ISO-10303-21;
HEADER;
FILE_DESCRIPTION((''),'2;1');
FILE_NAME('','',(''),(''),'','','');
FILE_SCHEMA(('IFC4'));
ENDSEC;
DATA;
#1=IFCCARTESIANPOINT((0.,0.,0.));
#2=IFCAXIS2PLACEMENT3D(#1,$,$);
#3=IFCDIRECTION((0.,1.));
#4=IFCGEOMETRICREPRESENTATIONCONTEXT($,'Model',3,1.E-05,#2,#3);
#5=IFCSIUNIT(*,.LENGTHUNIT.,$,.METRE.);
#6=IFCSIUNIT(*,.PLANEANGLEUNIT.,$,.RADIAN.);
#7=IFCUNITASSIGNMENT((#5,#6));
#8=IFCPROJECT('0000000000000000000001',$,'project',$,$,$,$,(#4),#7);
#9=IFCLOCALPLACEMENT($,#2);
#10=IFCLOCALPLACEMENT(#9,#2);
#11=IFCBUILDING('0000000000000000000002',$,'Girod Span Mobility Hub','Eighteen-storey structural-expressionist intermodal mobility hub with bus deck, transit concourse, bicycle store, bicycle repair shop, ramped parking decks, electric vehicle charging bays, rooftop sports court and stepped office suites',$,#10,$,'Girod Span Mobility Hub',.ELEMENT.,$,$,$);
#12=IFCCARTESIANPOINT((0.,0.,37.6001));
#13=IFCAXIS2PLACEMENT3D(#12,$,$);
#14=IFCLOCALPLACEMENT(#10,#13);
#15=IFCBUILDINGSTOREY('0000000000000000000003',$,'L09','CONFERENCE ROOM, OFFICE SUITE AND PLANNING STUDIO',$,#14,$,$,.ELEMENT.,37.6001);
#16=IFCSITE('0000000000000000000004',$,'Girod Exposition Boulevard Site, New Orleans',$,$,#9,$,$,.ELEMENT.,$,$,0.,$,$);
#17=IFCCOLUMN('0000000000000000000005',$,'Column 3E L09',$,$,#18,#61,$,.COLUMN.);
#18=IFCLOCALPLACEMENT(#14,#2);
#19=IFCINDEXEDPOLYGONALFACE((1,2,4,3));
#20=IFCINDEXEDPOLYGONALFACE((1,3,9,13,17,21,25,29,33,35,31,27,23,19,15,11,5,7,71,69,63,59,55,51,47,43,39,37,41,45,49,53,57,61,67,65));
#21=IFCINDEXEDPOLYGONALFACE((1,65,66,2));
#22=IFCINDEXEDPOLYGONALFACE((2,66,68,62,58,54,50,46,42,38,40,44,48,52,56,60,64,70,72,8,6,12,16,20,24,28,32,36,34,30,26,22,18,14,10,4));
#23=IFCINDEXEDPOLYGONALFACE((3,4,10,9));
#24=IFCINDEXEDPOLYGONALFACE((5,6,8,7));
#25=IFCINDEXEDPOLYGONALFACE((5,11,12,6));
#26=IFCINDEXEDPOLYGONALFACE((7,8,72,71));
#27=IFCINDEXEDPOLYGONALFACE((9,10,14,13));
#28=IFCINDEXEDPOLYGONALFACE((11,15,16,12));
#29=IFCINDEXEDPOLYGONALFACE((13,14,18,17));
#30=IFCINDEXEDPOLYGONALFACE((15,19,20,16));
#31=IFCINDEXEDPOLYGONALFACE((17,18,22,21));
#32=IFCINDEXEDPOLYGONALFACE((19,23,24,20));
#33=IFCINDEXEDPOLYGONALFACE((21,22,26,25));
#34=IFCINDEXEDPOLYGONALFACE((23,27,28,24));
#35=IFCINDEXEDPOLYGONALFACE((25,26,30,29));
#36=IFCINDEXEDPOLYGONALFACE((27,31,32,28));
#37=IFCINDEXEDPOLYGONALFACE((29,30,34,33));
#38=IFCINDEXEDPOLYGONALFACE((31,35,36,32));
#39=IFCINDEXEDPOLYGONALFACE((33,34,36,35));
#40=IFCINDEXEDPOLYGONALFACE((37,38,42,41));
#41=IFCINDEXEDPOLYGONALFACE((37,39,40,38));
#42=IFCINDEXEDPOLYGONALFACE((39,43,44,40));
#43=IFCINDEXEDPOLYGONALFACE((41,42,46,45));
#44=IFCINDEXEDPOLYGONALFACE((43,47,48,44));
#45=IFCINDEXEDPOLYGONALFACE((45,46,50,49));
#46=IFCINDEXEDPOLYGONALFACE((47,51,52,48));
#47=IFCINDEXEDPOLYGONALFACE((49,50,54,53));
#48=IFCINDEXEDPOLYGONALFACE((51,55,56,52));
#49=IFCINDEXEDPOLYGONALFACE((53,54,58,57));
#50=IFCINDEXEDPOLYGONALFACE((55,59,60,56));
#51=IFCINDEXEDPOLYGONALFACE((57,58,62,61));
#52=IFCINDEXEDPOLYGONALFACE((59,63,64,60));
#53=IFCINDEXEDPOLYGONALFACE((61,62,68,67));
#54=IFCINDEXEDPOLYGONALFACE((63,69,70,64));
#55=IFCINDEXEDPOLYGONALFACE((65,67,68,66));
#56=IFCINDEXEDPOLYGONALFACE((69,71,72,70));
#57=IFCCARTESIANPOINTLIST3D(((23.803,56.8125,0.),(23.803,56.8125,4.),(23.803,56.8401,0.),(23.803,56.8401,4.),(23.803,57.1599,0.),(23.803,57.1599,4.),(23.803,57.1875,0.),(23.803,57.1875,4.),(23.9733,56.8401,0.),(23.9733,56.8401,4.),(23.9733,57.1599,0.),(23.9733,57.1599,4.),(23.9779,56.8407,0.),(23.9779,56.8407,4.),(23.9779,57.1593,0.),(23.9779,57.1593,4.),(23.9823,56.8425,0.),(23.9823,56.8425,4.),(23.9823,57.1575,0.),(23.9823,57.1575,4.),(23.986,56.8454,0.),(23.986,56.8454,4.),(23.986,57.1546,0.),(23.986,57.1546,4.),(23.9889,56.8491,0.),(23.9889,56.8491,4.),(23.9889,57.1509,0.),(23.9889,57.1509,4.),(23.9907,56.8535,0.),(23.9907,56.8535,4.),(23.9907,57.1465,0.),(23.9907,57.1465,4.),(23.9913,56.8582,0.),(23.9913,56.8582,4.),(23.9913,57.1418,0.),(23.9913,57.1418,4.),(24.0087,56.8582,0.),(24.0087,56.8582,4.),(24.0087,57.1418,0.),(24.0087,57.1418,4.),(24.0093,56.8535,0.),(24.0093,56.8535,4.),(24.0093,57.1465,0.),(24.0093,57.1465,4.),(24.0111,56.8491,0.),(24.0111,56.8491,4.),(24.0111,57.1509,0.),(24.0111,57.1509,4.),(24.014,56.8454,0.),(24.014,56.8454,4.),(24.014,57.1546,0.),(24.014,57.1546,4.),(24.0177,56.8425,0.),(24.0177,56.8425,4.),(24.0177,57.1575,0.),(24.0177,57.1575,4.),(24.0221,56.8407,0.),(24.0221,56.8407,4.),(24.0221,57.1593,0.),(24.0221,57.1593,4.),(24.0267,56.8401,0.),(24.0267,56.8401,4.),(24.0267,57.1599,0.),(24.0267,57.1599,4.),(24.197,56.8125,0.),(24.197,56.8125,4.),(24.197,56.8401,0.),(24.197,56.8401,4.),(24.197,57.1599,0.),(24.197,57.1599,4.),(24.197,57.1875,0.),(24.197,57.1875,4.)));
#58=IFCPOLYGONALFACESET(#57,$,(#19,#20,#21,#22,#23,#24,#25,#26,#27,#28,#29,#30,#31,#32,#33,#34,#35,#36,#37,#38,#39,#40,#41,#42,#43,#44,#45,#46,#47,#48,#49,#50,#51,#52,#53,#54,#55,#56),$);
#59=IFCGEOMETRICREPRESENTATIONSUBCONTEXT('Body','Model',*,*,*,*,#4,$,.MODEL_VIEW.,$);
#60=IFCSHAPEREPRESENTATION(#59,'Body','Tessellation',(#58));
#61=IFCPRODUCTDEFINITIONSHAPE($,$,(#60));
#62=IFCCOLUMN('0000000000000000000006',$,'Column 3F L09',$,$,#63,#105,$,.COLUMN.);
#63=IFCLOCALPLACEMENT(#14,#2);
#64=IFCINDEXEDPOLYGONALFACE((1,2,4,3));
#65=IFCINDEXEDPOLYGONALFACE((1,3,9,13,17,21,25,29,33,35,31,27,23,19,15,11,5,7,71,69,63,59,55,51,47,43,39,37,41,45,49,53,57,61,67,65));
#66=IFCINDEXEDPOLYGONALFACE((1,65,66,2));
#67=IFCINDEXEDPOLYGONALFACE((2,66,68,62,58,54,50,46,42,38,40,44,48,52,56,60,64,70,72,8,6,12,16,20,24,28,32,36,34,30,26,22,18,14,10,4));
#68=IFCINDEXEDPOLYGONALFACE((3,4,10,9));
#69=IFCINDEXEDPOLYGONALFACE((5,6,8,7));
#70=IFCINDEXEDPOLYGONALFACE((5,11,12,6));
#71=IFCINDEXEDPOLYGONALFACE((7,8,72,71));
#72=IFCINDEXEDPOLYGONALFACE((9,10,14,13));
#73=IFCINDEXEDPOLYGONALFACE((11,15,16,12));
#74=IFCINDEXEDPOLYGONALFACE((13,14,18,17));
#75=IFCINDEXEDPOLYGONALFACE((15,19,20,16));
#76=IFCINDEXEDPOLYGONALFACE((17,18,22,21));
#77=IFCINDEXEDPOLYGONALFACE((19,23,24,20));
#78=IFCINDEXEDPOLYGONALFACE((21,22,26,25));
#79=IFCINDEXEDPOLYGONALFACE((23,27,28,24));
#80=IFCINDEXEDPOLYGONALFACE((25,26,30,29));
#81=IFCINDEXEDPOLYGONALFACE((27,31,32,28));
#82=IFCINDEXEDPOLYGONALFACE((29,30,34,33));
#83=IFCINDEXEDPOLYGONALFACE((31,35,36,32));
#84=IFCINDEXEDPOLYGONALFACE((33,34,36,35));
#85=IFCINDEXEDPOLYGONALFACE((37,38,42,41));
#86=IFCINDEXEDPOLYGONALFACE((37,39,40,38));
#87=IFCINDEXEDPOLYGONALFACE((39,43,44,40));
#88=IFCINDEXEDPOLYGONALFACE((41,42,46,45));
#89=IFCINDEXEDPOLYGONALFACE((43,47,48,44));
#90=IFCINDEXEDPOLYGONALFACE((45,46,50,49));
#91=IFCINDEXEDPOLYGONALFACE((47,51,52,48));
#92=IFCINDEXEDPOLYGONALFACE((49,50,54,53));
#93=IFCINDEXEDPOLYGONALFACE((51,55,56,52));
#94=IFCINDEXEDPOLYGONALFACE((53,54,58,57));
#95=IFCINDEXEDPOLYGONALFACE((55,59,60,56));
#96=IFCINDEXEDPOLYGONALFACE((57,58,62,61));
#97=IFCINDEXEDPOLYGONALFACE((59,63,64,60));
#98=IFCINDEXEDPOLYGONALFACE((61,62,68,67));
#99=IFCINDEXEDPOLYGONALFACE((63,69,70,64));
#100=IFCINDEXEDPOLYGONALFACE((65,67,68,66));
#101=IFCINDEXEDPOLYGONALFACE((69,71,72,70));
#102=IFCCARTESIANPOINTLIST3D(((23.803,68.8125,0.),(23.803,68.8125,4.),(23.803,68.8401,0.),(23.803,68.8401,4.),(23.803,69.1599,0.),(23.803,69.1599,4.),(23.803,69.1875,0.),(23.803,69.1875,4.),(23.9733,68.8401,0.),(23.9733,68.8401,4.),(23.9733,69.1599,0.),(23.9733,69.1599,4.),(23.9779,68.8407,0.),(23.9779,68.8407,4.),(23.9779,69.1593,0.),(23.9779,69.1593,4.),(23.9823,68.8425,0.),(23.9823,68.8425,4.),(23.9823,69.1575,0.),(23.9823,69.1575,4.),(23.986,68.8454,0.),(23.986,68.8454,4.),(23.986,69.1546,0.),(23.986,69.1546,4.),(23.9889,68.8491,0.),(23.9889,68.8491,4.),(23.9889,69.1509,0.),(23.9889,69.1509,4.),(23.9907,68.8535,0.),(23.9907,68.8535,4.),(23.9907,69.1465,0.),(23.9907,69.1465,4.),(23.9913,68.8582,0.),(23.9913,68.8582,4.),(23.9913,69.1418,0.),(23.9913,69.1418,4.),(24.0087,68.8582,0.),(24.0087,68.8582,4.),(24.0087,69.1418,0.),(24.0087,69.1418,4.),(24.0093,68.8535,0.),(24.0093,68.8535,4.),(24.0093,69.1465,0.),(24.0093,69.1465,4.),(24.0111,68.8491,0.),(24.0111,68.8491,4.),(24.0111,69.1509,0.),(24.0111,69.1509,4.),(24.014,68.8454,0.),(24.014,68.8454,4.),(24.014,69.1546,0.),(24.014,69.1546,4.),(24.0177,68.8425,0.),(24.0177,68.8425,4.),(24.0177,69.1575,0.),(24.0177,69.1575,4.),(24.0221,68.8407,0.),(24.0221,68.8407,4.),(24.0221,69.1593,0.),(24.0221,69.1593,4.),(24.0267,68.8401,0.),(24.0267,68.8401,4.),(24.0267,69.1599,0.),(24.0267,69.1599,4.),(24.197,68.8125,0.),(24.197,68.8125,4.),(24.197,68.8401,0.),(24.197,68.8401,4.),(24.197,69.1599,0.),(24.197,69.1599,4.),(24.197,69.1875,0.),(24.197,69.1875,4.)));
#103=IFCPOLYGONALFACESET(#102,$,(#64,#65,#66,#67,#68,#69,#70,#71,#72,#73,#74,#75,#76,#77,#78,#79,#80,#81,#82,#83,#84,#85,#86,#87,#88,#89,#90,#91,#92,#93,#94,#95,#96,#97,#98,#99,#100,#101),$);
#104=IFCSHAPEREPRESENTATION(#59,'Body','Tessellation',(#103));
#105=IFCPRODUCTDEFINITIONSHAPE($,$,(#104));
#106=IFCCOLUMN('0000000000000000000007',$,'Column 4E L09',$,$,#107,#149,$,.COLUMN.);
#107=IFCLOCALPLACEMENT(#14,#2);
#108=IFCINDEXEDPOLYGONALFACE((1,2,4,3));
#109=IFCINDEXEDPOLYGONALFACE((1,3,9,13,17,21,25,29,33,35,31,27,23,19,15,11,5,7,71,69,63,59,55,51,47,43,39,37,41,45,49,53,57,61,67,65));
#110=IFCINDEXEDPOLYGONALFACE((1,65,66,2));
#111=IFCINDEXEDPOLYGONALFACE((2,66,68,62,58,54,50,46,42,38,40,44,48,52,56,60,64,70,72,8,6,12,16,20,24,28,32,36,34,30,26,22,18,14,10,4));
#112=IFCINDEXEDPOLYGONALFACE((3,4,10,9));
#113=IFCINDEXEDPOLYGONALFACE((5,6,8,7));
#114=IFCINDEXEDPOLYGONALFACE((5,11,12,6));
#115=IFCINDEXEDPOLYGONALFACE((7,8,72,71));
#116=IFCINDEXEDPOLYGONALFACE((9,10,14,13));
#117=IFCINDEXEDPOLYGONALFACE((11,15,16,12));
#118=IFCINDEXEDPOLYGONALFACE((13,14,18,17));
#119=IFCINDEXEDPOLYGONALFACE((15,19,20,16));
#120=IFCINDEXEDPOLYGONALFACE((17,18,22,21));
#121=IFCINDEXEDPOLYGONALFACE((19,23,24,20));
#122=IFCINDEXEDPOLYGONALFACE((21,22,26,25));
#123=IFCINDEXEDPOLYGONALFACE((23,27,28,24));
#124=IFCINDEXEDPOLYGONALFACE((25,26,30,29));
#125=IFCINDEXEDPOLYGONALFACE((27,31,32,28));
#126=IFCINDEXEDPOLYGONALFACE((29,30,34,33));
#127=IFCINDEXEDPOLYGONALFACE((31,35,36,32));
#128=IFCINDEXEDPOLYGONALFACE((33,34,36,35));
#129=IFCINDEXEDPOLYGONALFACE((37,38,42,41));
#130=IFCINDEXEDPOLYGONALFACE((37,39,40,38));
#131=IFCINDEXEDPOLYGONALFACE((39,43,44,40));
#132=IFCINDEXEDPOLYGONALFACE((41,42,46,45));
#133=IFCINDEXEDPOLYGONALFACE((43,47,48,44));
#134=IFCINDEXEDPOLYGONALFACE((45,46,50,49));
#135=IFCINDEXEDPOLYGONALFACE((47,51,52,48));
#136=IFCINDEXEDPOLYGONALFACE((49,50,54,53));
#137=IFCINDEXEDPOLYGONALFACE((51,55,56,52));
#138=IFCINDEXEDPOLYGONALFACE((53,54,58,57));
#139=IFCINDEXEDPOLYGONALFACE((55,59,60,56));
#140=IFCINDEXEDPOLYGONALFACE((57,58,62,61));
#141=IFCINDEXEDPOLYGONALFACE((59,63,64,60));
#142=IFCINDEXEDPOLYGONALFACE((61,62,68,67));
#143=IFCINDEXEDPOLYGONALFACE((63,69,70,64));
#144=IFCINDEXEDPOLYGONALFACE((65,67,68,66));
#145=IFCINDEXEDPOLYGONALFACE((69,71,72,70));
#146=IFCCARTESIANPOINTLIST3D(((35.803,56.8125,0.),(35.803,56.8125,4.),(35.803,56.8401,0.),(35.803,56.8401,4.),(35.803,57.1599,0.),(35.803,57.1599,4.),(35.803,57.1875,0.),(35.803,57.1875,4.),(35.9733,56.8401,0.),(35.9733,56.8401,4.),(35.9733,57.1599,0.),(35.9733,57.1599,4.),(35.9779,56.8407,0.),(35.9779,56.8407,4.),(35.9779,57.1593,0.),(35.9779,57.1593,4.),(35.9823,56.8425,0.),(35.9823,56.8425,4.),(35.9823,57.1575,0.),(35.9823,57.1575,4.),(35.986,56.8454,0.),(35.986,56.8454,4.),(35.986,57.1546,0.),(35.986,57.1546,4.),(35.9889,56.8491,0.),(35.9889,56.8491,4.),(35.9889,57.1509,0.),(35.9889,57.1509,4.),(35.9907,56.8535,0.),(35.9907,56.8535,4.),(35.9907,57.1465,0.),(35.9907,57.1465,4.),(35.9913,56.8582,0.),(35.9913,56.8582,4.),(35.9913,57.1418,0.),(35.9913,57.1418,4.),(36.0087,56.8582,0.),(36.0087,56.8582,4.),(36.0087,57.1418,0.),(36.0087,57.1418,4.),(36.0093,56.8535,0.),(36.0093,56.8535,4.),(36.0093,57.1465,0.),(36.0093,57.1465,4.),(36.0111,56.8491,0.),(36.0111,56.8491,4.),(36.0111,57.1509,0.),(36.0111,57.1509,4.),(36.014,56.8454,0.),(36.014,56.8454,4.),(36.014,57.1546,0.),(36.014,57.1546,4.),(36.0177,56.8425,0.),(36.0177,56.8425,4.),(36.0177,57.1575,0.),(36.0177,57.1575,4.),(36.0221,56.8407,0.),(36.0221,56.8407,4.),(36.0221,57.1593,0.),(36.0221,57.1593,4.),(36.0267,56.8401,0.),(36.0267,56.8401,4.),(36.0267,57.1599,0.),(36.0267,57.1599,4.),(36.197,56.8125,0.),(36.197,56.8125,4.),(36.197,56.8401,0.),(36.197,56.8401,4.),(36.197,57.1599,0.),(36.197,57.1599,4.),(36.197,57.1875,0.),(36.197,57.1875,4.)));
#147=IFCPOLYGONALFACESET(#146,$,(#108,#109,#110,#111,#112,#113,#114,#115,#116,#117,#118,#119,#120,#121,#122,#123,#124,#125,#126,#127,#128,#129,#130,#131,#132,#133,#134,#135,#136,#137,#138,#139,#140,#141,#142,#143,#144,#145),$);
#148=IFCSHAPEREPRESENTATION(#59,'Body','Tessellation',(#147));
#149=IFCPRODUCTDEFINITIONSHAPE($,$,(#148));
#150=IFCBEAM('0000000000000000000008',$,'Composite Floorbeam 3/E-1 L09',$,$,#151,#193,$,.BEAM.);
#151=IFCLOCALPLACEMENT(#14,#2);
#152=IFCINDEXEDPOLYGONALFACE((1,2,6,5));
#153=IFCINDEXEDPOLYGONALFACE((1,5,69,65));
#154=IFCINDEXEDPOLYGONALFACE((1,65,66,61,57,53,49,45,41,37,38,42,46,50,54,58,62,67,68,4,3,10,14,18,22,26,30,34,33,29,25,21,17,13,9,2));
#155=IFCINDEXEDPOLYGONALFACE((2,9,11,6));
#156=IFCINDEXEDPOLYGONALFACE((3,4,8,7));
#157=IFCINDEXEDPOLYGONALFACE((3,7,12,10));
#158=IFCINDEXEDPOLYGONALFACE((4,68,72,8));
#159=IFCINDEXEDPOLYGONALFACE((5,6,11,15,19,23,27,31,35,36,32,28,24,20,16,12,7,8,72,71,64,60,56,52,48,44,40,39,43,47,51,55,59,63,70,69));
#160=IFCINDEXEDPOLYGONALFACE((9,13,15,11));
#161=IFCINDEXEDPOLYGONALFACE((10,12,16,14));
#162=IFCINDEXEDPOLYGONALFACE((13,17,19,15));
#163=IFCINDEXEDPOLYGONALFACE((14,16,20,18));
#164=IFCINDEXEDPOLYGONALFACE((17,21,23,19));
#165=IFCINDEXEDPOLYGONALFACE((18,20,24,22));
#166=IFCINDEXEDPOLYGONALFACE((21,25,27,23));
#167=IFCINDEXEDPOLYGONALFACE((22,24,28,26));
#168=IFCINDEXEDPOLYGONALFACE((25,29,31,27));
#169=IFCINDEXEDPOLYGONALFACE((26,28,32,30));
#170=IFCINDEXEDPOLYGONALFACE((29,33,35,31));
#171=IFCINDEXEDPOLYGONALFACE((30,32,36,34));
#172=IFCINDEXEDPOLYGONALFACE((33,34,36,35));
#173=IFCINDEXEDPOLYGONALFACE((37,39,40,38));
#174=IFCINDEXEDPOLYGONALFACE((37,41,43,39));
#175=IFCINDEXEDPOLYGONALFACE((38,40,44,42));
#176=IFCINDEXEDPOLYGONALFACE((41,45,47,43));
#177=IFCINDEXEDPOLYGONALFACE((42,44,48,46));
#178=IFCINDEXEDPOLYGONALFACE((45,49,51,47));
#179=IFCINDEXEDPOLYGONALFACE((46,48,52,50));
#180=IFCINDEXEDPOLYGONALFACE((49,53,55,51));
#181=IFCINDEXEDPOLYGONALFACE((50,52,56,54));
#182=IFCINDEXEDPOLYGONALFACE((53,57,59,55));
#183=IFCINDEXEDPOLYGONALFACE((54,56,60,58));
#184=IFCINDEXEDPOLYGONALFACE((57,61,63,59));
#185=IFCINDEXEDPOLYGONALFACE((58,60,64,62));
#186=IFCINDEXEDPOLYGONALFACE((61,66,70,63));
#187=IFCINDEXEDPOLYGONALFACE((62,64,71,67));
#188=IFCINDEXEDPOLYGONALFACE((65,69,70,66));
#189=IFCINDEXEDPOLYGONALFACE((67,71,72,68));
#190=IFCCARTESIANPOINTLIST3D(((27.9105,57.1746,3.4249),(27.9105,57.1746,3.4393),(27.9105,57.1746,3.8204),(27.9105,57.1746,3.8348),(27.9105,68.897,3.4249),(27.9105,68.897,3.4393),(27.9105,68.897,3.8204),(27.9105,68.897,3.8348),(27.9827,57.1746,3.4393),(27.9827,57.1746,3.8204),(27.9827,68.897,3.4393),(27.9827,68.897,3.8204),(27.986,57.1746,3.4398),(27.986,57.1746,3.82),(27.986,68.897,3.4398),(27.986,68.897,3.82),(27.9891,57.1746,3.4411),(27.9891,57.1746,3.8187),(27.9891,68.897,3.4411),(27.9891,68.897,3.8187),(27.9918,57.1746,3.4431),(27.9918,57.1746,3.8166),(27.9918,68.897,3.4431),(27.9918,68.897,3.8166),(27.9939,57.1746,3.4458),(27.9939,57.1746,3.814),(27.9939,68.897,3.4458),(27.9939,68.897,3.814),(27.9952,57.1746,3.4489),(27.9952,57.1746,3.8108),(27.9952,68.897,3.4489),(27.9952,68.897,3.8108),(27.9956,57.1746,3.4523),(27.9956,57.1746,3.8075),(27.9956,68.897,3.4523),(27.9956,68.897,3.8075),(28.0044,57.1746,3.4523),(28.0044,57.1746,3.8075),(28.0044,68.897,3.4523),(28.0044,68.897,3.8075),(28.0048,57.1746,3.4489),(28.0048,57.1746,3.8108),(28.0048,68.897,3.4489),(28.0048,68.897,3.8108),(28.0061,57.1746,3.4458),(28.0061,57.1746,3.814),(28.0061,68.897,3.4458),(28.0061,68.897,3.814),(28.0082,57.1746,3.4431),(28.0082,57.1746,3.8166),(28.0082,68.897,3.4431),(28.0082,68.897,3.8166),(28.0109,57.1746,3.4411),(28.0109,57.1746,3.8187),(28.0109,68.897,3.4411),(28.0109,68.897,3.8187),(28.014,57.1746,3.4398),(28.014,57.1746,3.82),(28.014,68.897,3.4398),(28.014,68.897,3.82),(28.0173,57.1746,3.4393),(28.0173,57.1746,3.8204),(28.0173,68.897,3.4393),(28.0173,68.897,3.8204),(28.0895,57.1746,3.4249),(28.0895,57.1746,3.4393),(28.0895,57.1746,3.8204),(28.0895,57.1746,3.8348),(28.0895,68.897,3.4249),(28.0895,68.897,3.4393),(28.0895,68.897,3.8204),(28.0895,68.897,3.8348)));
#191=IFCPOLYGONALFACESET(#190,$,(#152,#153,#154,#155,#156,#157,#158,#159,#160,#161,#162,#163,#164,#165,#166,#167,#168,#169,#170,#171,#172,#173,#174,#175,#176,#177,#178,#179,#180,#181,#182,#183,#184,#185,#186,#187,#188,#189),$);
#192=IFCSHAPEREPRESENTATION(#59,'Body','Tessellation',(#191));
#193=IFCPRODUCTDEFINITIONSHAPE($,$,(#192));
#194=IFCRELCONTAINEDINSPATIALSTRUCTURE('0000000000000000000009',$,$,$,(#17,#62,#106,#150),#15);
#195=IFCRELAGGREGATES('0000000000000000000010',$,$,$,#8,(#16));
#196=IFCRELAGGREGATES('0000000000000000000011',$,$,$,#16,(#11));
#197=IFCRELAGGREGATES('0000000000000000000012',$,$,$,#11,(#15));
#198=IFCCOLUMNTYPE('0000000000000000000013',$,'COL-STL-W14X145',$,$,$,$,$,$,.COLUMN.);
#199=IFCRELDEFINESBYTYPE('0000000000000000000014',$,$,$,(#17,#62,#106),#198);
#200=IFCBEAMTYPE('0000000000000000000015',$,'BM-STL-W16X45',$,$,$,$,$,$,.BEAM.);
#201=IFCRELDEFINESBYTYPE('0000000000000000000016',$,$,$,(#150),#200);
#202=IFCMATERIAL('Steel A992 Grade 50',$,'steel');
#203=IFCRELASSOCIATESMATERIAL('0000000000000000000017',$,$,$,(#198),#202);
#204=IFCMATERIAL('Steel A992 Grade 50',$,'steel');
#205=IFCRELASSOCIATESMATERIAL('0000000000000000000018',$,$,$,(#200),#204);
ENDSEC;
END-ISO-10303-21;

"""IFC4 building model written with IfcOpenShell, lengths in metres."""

from ifc_helpers import new_model, si_unit, direction, frame, origin, origin_2d, place, context, subcontext, project, spatial, i_section, extrude, material, material_profile, profile_set, type_object, element, save


model = new_model("IFC4")

# Units and contexts
model_context = context("Model", 3, precision=1e-05, world=origin(), true_north=direction((0.0, 1.0)))
body_context = subcontext(model_context, "Body", "Model", "MODEL_VIEW")
ifc_project = project(units=[si_unit("LENGTHUNIT", "METRE"), si_unit("PLANEANGLEUNIT", "RADIAN")], contexts=[model_context])

# Site, building, storey
site_placement = place(None, origin())
site = spatial("IfcSite", under=ifc_project, at=site_placement, Name="Girod Exposition Boulevard Site, New Orleans", CompositionType="ELEMENT", RefElevation=0.0)
building_placement = place(site_placement, origin())
building = spatial("IfcBuilding", under=site, at=building_placement, Name="Girod Span Mobility Hub", Description="Eighteen-storey structural-expressionist intermodal mobility hub with bus deck, transit concourse, bicycle store, bicycle repair shop, ramped parking decks, electric vehicle charging bays, rooftop sports court and stepped office suites", LongName="Girod Span Mobility Hub", CompositionType="ELEMENT")
storey_placement = place(building_placement, frame((0.0, 0.0, 37.6001)))
storey = spatial("IfcBuildingStorey", under=building, at=storey_placement, Name="L09", Description="CONFERENCE ROOM, OFFICE SUITE AND PLANNING STUDIO", CompositionType="ELEMENT", Elevation=37.6001)

# Columns
ifc_material_1 = material(Name="Steel A992 Grade 50", Category="steel")
ifc_material_profile_1 = material_profile(ifc_material_1, i_section(OverallWidth=0.394, OverallDepth=0.375, WebThickness=0.0173, FlangeThickness=0.0276, FilletRadius=0.0181, at=origin_2d()), Name="W14X145")
ifc_profile_set_1 = profile_set([ifc_material_profile_1], Name="Steel A992 Grade 50")
column_type = type_object("IfcColumnType", Name="COL-STL-W14X145", PredefinedType="COLUMN", material=ifc_profile_set_1)
for number, where, z_axis, x_axis, name in (
    (1, (24.0, 57.0, 0.0), (0.0, 0.0, 1.0), (1.0, 0.0, 0.0), "Column 3E L09"),
    (2, (24.0, 69.0, 0.0), (0.0, 0.0, 1.0), (1.0, 0.0, 0.0), "Column 3F L09"),
    (3, (36.0, 57.0, 0.0), (0.0, 0.0, 1.0), (1.0, 0.0, 0.0), "Column 4E L09"),
):
    element("IfcColumn", number, at=place(storey_placement, frame(where, z_axis=z_axis, x_axis=x_axis)), inside=storey, type_object=column_type, Name=name, PredefinedType="COLUMN", context=body_context, shape_type="SweptSolid", body=[
        extrude(i_section(OverallWidth=0.394, OverallDepth=0.375, WebThickness=0.0173, FlangeThickness=0.0276, FilletRadius=0.0181, at=origin_2d()), origin(), (0.0, 0.0, 1.0), 4.0),
    ])

# Beam
ifc_material_2 = material(Name="Steel A992 Grade 50", Category="steel")
ifc_material_profile_2 = material_profile(ifc_material_2, i_section(OverallWidth=0.179, OverallDepth=0.4099, WebThickness=0.0088, FlangeThickness=0.0144, FilletRadius=0.0129, at=origin_2d()), Name="W16X45")
ifc_profile_set_2 = profile_set([ifc_material_profile_2], Name="Steel A992 Grade 50")
beam_type_1 = type_object("IfcBeamType", Name="BM-STL-W16X45", PredefinedType="BEAM", material=ifc_profile_set_2)
for number, where, z_axis, x_axis, name in (
    (4, (28.0, 57.1746, 3.6299), (0.0, 1.0, 0.0), (-1.0, 0.0, 0.0), "Composite Floorbeam 3/E-1 L09"),
):
    element("IfcBeam", number, at=place(storey_placement, frame(where, z_axis=z_axis, x_axis=x_axis)), inside=storey, type_object=beam_type_1, Name=name, PredefinedType="BEAM", context=body_context, shape_type="SweptSolid", body=[
        extrude(i_section(OverallWidth=0.179, OverallDepth=0.4099, WebThickness=0.0088, FlangeThickness=0.0144, FilletRadius=0.0129, at=origin_2d()), origin(), (0.0, 0.0, 1.0), 11.7224),
    ])

save(model, "model.ifc")
